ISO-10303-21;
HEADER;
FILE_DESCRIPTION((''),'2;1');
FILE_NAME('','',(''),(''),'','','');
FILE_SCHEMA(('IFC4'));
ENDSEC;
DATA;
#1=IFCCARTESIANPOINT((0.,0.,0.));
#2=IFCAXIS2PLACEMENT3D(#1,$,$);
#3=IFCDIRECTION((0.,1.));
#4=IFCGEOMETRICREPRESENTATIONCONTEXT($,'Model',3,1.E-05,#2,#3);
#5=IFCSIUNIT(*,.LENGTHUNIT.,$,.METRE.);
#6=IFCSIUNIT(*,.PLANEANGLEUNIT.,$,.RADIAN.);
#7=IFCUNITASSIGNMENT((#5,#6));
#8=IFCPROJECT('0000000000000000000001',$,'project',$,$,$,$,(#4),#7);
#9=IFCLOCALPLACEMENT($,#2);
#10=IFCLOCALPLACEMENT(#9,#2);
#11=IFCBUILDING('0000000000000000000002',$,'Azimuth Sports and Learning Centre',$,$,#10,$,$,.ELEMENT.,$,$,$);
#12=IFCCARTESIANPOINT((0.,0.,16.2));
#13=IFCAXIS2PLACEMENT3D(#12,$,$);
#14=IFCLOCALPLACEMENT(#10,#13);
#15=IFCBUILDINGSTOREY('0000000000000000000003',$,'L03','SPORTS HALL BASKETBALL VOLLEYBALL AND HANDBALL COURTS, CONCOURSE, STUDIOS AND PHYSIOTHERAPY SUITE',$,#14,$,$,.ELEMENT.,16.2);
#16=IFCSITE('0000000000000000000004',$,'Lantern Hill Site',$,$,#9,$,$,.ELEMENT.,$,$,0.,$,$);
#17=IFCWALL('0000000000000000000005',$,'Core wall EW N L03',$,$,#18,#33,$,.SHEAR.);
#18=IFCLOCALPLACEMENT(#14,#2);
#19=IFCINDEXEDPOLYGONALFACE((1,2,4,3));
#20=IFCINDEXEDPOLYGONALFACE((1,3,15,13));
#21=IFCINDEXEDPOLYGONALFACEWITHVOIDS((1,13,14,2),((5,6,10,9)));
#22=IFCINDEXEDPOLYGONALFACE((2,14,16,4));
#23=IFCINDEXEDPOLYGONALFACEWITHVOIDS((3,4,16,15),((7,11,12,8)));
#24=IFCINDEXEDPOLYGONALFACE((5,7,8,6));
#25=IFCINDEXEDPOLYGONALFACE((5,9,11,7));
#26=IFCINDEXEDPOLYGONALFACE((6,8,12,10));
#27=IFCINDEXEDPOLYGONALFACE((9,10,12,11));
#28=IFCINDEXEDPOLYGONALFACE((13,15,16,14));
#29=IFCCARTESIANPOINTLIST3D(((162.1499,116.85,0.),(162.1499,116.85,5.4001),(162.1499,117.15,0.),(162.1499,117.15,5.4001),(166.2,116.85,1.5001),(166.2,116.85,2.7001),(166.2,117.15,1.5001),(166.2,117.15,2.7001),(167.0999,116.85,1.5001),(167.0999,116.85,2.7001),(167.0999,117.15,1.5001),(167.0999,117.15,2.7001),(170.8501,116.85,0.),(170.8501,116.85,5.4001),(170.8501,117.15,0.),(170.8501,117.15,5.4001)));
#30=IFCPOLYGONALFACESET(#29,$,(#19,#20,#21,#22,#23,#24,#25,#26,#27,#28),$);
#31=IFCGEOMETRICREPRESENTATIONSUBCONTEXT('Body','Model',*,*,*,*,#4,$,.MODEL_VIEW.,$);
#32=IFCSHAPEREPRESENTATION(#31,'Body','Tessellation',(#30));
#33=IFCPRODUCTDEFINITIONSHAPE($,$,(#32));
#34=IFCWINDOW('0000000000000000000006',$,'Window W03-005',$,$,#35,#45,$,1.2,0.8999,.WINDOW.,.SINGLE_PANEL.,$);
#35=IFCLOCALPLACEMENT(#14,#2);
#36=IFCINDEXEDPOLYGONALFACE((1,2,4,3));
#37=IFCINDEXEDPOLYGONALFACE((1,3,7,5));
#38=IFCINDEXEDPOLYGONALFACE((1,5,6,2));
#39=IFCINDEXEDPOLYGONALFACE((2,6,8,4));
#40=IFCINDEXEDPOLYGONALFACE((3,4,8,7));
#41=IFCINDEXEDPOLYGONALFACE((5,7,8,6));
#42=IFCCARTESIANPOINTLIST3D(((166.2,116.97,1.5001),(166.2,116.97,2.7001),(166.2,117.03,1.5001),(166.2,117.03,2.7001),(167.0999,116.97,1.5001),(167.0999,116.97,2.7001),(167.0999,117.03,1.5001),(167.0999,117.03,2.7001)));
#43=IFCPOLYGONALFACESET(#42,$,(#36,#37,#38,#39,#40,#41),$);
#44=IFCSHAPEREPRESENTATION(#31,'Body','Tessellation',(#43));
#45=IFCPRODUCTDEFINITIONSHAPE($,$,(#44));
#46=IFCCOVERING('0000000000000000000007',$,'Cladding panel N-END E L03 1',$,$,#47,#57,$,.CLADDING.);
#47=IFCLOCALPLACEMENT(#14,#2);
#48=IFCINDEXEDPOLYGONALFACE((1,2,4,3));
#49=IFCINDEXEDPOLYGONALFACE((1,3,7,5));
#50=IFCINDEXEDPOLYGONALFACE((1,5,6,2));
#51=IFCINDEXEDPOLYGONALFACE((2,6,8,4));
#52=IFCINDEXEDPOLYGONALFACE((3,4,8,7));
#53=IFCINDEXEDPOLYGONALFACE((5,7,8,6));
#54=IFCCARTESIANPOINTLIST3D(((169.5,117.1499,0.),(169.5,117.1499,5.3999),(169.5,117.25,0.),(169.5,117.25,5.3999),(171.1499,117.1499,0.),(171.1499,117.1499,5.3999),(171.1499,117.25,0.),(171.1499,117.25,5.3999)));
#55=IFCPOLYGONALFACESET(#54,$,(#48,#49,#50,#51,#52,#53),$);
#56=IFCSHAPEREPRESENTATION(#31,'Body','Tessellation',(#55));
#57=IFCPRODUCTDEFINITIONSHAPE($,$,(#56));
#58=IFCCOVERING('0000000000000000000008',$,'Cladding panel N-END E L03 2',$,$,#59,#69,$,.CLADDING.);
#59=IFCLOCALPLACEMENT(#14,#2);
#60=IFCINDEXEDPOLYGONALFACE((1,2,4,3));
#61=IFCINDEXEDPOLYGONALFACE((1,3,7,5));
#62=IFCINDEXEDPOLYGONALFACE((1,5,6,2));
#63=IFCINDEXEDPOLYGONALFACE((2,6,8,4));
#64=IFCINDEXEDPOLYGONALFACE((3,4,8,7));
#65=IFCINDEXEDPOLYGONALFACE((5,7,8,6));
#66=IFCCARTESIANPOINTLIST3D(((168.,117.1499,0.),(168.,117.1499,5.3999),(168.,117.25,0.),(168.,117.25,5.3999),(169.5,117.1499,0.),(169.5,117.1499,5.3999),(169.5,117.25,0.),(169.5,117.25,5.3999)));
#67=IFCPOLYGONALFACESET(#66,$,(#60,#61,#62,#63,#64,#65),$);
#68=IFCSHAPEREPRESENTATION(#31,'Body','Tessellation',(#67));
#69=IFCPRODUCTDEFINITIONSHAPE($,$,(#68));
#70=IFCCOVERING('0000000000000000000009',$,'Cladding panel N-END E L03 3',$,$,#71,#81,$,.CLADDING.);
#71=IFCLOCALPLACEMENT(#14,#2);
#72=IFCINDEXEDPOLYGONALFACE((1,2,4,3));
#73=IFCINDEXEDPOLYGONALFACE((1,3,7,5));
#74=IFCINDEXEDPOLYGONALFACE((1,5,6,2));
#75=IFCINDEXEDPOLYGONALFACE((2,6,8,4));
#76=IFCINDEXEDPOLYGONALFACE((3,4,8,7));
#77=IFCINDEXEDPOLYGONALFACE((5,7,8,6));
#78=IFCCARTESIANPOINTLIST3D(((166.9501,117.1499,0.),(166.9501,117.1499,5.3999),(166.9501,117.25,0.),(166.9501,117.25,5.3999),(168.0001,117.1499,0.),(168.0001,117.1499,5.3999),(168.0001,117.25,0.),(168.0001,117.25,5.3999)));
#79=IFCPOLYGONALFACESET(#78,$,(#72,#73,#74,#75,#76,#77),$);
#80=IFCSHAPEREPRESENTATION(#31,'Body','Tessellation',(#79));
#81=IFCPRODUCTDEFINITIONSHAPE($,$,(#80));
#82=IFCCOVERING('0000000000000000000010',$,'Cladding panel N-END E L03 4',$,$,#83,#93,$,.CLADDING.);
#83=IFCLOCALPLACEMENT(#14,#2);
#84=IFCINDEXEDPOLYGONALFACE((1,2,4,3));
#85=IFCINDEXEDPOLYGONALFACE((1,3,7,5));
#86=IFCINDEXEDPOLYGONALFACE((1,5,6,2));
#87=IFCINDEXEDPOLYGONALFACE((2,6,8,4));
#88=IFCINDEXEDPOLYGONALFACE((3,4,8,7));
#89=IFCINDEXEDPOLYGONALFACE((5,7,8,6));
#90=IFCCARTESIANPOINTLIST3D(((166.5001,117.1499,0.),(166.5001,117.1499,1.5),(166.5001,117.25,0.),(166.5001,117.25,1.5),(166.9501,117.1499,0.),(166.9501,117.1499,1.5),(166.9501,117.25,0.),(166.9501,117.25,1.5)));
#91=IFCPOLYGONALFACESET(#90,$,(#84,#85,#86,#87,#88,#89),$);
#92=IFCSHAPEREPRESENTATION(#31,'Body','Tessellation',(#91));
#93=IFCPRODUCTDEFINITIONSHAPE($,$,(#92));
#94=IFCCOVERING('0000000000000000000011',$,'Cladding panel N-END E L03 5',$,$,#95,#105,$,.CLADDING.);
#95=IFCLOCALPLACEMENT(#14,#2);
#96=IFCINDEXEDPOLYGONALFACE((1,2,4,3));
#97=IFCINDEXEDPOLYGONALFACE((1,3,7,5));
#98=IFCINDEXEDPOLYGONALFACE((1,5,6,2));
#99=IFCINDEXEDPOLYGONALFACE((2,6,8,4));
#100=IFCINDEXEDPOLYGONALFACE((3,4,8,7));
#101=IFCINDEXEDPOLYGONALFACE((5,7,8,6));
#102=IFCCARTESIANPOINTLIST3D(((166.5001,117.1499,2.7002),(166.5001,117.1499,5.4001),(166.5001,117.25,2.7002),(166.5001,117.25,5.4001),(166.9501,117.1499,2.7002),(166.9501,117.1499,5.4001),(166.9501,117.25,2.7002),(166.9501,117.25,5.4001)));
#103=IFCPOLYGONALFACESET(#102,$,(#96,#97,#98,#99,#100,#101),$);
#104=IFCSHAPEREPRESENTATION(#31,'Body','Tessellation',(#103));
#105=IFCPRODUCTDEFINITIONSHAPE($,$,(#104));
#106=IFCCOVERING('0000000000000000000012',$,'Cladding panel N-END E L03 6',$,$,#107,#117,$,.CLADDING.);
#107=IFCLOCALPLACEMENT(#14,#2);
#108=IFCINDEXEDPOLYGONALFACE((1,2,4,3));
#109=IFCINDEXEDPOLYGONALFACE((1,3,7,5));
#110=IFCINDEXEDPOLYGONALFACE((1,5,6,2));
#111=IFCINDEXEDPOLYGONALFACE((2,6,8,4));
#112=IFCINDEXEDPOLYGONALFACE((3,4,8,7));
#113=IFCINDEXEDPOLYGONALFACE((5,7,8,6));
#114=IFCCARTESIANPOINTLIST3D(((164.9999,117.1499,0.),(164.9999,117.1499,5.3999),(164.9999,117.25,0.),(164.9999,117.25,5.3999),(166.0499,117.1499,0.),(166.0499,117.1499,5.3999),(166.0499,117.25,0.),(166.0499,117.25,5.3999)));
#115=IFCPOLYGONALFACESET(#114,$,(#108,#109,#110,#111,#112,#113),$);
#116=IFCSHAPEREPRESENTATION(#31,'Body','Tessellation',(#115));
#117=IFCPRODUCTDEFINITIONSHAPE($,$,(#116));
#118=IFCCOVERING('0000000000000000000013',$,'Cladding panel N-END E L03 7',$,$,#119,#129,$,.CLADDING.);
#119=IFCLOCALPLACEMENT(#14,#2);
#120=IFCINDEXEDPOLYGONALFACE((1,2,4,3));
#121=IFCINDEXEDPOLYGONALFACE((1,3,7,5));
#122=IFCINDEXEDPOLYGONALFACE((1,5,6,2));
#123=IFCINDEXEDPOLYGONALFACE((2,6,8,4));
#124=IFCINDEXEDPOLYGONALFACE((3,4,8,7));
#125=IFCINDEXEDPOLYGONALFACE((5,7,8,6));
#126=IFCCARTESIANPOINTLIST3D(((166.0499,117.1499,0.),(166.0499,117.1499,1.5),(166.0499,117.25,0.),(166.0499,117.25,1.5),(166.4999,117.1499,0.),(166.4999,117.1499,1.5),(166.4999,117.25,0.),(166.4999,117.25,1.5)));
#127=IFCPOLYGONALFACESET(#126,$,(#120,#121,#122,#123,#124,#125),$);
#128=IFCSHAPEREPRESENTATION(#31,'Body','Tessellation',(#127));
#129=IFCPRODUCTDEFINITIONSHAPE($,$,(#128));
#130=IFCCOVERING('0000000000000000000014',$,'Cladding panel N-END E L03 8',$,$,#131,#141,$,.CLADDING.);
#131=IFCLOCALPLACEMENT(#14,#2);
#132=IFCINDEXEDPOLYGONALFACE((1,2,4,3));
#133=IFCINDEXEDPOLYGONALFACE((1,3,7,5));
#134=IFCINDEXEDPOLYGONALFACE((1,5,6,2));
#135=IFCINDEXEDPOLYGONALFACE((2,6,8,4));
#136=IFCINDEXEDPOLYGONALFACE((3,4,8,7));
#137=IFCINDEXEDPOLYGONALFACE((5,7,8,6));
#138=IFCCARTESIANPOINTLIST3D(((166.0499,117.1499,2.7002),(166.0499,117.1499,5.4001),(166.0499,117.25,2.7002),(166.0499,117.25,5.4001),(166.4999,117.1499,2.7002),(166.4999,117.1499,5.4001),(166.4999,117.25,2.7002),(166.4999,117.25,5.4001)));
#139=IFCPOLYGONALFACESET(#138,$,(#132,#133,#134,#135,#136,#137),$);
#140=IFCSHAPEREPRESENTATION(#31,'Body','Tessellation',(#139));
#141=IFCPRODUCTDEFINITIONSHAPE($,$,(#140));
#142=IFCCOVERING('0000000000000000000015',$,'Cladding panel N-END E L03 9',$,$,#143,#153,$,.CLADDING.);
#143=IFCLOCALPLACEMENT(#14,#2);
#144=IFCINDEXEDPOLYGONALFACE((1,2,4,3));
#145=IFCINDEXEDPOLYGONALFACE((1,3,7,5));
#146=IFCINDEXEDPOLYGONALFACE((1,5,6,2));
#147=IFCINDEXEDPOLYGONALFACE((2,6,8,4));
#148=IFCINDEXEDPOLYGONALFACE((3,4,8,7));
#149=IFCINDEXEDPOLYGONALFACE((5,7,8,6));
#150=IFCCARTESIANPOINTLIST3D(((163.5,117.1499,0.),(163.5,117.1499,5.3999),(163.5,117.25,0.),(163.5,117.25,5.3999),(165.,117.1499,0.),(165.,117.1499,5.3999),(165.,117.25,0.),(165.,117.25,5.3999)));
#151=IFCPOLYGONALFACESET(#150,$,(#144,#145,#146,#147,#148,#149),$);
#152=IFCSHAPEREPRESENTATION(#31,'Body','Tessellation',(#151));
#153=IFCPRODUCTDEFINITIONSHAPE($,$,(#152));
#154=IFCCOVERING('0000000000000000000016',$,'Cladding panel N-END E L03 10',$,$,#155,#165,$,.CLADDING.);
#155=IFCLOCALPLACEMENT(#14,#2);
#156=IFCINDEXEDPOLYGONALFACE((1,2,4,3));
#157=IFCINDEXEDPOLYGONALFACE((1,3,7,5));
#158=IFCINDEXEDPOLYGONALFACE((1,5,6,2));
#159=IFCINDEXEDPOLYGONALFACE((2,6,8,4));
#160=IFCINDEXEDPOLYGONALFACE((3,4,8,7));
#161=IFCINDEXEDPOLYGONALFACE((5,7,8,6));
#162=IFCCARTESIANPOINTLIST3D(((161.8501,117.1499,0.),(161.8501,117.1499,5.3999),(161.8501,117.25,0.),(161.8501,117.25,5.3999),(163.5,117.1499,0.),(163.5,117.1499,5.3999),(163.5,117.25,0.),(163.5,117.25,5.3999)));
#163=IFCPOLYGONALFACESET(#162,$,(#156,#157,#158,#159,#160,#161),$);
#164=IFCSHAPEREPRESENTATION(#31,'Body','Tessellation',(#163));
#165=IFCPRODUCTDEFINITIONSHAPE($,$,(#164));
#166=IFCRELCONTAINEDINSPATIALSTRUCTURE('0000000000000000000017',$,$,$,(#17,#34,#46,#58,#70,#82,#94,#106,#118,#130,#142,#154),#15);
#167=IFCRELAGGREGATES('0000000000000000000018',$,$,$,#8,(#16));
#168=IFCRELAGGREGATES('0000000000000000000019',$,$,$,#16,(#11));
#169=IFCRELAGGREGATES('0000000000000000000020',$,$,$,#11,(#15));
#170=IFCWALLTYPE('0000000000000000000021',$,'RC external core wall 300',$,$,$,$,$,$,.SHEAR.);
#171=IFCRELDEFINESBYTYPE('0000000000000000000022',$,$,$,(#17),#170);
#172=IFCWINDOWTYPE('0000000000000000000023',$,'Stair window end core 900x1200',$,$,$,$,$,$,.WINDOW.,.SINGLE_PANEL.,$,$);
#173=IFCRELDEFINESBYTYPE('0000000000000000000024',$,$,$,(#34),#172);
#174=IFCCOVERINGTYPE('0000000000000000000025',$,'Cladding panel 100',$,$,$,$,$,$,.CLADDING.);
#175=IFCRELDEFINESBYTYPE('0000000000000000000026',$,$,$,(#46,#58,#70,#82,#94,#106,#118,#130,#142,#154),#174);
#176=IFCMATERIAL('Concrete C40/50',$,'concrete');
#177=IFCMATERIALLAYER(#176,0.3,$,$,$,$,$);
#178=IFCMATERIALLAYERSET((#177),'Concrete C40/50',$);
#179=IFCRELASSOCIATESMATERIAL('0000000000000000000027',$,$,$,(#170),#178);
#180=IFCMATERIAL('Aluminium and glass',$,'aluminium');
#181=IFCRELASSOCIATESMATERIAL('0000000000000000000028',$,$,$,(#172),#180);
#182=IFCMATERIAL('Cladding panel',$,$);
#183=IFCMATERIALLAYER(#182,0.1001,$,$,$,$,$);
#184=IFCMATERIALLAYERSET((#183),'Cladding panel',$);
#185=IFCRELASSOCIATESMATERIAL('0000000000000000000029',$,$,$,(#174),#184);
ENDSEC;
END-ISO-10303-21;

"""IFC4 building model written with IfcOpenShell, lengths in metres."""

from ifc_helpers import new_model, si_unit, direction, frame, frame_2d, origin, origin_2d, place, context, subcontext, project, spatial, rectangle, extrude, material, layer, layer_set, type_object, element, fill, save


model = new_model("IFC4")

# Units and contexts
model_context = context("Model", 3, precision=1e-05, world=origin(), true_north=direction((0.0, 1.0)))
body_context = subcontext(model_context, "Body", "Model", "MODEL_VIEW")
ifc_project = project(units=[si_unit("LENGTHUNIT", "METRE"), si_unit("PLANEANGLEUNIT", "RADIAN")], contexts=[model_context])

# Site, building, storey
site_placement = place(None, origin())
site = spatial("IfcSite", under=ifc_project, at=site_placement, Name="Lantern Hill Site", CompositionType="ELEMENT", RefElevation=0.0)
building_placement = place(site_placement, origin())
building = spatial("IfcBuilding", under=site, at=building_placement, Name="Azimuth Sports and Learning Centre", CompositionType="ELEMENT")
storey_placement = place(building_placement, frame((0.0, 0.0, 16.2)))
storey = spatial("IfcBuildingStorey", under=building, at=storey_placement, Name="L03", Description="SPORTS HALL BASKETBALL VOLLEYBALL AND HANDBALL COURTS, CONCOURSE, STUDIOS AND PHYSIOTHERAPY SUITE", CompositionType="ELEMENT", Elevation=16.2)

# Wall, opening, window
ifc_material_1 = material(Name="Concrete C40/50", Category="concrete")
ifc_layer_1 = layer(ifc_material_1, 0.3)
ifc_layer_set_1 = layer_set([ifc_layer_1], Name="Concrete C40/50")
wall_type = type_object("IfcWallType", Name="RC external core wall 300", PredefinedType="SHEAR", material=ifc_layer_set_1)
wall_placement = place(storey_placement, frame((162.1499, 117.0, 0.0), z_axis=(0.0, 0.0, 1.0), x_axis=(1.0, 0.0, 0.0)))
wall = element("IfcWall", 1, at=wall_placement, inside=storey, type_object=wall_type, Name="Core wall EW N L03", PredefinedType="SHEAR", context=body_context, shape_type="SweptSolid", body=[
    extrude(rectangle(XDim=8.7002, YDim=0.3, at=frame_2d((4.3501, 0.0))), origin(), (0.0, 0.0, 1.0), 5.4001),
])
opening_placement = place(wall_placement, frame((4.05, 0.0, 1.5)))
opening = element("IfcOpeningElement", 2, at=opening_placement, cuts=wall, PredefinedType="OPENING", context=body_context, shape_type="SweptSolid", body=[
    extrude(rectangle(XDim=0.8999, YDim=1.2, at=frame_2d((0.45, 0.6001))), frame((0.0, 0.1611, 0.0), z_axis=(0.0, -1.0, 0.0), x_axis=(1.0, 0.0, 0.0)), (0.0, 0.0, 1.0), 0.322),
])
ifc_material_2 = material(Name="Aluminium and glass", Category="aluminium")
window_type = type_object("IfcWindowType", Name="Stair window end core 900x1200", PartitioningType="SINGLE_PANEL", PredefinedType="WINDOW", material=ifc_material_2)
window_placement = place(opening_placement, origin())
window = element("IfcWindow", 3, at=window_placement, inside=storey, type_object=window_type, Name="Window W03-005", OverallHeight=1.2, OverallWidth=0.8999, PartitioningType="SINGLE_PANEL", PredefinedType="WINDOW", context=body_context, shape_type="SweptSolid", body=[
    extrude(rectangle(XDim=0.8999, YDim=1.2, at=frame_2d((0.45, 0.6001))), frame((0.0, 0.03, 0.0), z_axis=(0.0, -1.0, 0.0), x_axis=(1.0, 0.0, 0.0)), (0.0, 0.0, 1.0), 0.0601),
])
fill(opening, window)

# Coverings
ifc_material_3 = material(Name="Cladding panel")
ifc_layer_2 = layer(ifc_material_3, 0.1001)
ifc_layer_set_2 = layer_set([ifc_layer_2], Name="Cladding panel")
covering_type = type_object("IfcCoveringType", Name="Cladding panel 100", PredefinedType="CLADDING", material=ifc_layer_set_2)
covering_1_placement = place(storey_placement, frame((170.325, 117.2, 0.0), z_axis=(0.0, 0.0, 1.0), x_axis=(-1.0, 0.0, 0.0)))
element("IfcCovering", 4, at=covering_1_placement, inside=storey, type_object=covering_type, Name="Cladding panel N-END E L03 1", PredefinedType="CLADDING", context=body_context, shape_type="SweptSolid", body=[
    extrude(rectangle(XDim=1.6499, YDim=0.1001, at=origin_2d()), origin(), (0.0, 0.0, 1.0), 5.3999),
])
covering_2_placement = place(storey_placement, frame((168.75, 117.2, 0.0), z_axis=(0.0, 0.0, 1.0), x_axis=(-1.0, 0.0, 0.0)))
element("IfcCovering", 5, at=covering_2_placement, inside=storey, type_object=covering_type, Name="Cladding panel N-END E L03 2", PredefinedType="CLADDING", context=body_context, shape_type="SweptSolid", body=[
    extrude(rectangle(XDim=1.5, YDim=0.1001, at=origin_2d()), origin(), (0.0, 0.0, 1.0), 5.3999),
])
covering_3_placement = place(storey_placement, frame((167.4751, 117.2, 0.0), z_axis=(0.0, 0.0, 1.0), x_axis=(-1.0, 0.0, 0.0)))
element("IfcCovering", 6, at=covering_3_placement, inside=storey, type_object=covering_type, Name="Cladding panel N-END E L03 3", PredefinedType="CLADDING", context=body_context, shape_type="SweptSolid", body=[
    extrude(rectangle(XDim=1.05, YDim=0.1001, at=origin_2d()), origin(), (0.0, 0.0, 1.0), 5.3999),
])
covering_4_placement = place(storey_placement, frame((166.7251, 117.2, 0.0), z_axis=(0.0, 0.0, 1.0), x_axis=(-1.0, 0.0, 0.0)))
element("IfcCovering", 7, at=covering_4_placement, inside=storey, type_object=covering_type, Name="Cladding panel N-END E L03 4", PredefinedType="CLADDING", context=body_context, shape_type="SweptSolid", body=[
    extrude(rectangle(XDim=0.45, YDim=0.1001, at=origin_2d()), origin(), (0.0, 0.0, 1.0), 1.5),
])
covering_5_placement = place(storey_placement, frame((166.7251, 117.2, 2.7002), z_axis=(0.0, 0.0, 1.0), x_axis=(-1.0, 0.0, 0.0)))
element("IfcCovering", 8, at=covering_5_placement, inside=storey, type_object=covering_type, Name="Cladding panel N-END E L03 5", PredefinedType="CLADDING", context=body_context, shape_type="SweptSolid", body=[
    extrude(rectangle(XDim=0.45, YDim=0.1001, at=origin_2d()), origin(), (0.0, 0.0, 1.0), 2.7),
])
covering_6_placement = place(storey_placement, frame((165.5249, 117.2, 0.0), z_axis=(0.0, 0.0, 1.0), x_axis=(-1.0, 0.0, 0.0)))
element("IfcCovering", 9, at=covering_6_placement, inside=storey, type_object=covering_type, Name="Cladding panel N-END E L03 6", PredefinedType="CLADDING", context=body_context, shape_type="SweptSolid", body=[
    extrude(rectangle(XDim=1.05, YDim=0.1001, at=origin_2d()), origin(), (0.0, 0.0, 1.0), 5.3999),
])
covering_7_placement = place(storey_placement, frame((166.2749, 117.2, 0.0), z_axis=(0.0, 0.0, 1.0), x_axis=(-1.0, 0.0, 0.0)))
element("IfcCovering", 10, at=covering_7_placement, inside=storey, type_object=covering_type, Name="Cladding panel N-END E L03 7", PredefinedType="CLADDING", context=body_context, shape_type="SweptSolid", body=[
    extrude(rectangle(XDim=0.45, YDim=0.1001, at=origin_2d()), origin(), (0.0, 0.0, 1.0), 1.5),
])
covering_8_placement = place(storey_placement, frame((166.2749, 117.2, 2.7002), z_axis=(0.0, 0.0, 1.0), x_axis=(-1.0, 0.0, 0.0)))
element("IfcCovering", 11, at=covering_8_placement, inside=storey, type_object=covering_type, Name="Cladding panel N-END E L03 8", PredefinedType="CLADDING", context=body_context, shape_type="SweptSolid", body=[
    extrude(rectangle(XDim=0.45, YDim=0.1001, at=origin_2d()), origin(), (0.0, 0.0, 1.0), 2.7),
])
covering_9_placement = place(storey_placement, frame((164.25, 117.2, 0.0), z_axis=(0.0, 0.0, 1.0), x_axis=(-1.0, 0.0, 0.0)))
element("IfcCovering", 12, at=covering_9_placement, inside=storey, type_object=covering_type, Name="Cladding panel N-END E L03 9", PredefinedType="CLADDING", context=body_context, shape_type="SweptSolid", body=[
    extrude(rectangle(XDim=1.5, YDim=0.1001, at=origin_2d()), origin(), (0.0, 0.0, 1.0), 5.3999),
])
covering_10_placement = place(storey_placement, frame((162.675, 117.2, 0.0), z_axis=(0.0, 0.0, 1.0), x_axis=(-1.0, 0.0, 0.0)))
element("IfcCovering", 13, at=covering_10_placement, inside=storey, type_object=covering_type, Name="Cladding panel N-END E L03 10", PredefinedType="CLADDING", context=body_context, shape_type="SweptSolid", body=[
    extrude(rectangle(XDim=1.6499, YDim=0.1001, at=origin_2d()), origin(), (0.0, 0.0, 1.0), 5.3999),
])

save(model, "model.ifc")
